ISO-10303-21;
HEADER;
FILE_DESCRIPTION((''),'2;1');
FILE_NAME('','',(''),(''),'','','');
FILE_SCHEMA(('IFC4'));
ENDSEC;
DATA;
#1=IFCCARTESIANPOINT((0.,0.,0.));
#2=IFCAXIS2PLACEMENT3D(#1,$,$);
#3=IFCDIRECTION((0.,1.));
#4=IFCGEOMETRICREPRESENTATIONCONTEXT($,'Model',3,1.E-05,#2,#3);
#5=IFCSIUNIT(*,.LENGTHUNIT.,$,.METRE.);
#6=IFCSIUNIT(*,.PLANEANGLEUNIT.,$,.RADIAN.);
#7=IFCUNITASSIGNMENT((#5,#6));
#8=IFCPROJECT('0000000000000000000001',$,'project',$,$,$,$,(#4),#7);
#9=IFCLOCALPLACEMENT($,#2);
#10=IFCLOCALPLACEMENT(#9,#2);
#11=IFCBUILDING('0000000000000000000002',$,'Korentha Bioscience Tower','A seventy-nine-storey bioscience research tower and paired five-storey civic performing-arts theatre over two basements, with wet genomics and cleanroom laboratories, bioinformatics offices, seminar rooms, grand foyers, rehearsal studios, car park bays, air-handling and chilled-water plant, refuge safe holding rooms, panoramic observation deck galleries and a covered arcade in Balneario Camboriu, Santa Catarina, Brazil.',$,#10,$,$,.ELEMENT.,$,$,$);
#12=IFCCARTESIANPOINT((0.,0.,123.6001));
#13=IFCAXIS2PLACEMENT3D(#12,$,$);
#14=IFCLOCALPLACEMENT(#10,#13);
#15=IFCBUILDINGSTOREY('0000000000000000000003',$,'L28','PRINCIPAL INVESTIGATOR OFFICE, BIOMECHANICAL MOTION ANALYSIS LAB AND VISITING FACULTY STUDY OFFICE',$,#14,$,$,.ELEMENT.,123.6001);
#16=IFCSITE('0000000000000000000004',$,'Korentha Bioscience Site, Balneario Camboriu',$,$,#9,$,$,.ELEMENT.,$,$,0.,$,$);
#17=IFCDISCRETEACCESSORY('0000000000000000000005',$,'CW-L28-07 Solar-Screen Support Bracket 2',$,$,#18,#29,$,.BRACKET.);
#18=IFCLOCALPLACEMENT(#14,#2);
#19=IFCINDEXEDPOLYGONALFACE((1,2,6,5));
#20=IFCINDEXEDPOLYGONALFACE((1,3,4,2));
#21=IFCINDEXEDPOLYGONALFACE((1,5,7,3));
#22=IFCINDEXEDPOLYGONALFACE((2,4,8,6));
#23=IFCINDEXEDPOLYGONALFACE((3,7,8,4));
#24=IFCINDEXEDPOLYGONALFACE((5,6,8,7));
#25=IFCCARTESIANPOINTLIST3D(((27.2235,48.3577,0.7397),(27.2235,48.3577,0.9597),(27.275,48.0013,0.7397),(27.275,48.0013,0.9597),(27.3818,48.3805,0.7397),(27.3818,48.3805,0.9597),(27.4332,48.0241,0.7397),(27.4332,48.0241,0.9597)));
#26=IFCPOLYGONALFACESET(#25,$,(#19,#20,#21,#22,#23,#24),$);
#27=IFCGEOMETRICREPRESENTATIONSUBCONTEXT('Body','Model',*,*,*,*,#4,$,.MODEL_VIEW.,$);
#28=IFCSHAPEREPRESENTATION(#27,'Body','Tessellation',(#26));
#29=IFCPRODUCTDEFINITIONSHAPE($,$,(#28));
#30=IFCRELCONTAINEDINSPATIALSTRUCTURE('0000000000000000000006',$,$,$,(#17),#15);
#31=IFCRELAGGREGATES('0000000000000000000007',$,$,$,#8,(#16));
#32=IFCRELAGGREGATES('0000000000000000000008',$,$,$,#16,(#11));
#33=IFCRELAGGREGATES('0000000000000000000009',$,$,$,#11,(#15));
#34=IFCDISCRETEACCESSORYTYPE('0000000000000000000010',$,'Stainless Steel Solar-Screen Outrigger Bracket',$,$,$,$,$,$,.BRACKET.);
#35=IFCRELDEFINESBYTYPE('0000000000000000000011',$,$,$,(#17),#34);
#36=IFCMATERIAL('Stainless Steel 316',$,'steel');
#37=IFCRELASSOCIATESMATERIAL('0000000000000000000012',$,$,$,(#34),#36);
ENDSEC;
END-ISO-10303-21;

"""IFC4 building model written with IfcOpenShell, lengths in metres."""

from ifc_helpers import new_model, si_unit, direction, frame, origin, origin_2d, place, context, subcontext, project, spatial, rectangle, extrude, material, type_object, element, save


model = new_model("IFC4")

# Units and contexts
model_context = context("Model", 3, precision=1e-05, world=origin(), true_north=direction((0.0, 1.0)))
body_context = subcontext(model_context, "Body", "Model", "MODEL_VIEW")
ifc_project = project(units=[si_unit("LENGTHUNIT", "METRE"), si_unit("PLANEANGLEUNIT", "RADIAN")], contexts=[model_context])

# Site, building, storey
site_placement = place(None, origin())
site = spatial("IfcSite", under=ifc_project, at=site_placement, Name="Korentha Bioscience Site, Balneario Camboriu", CompositionType="ELEMENT", RefElevation=0.0)
building_placement = place(site_placement, origin())
building = spatial("IfcBuilding", under=site, at=building_placement, Name="Korentha Bioscience Tower", Description="A seventy-nine-storey bioscience research tower and paired five-storey civic performing-arts theatre over two basements, with wet genomics and cleanroom laboratories, bioinformatics offices, seminar rooms, grand foyers, rehearsal studios, car park bays, air-handling and chilled-water plant, refuge safe holding rooms, panoramic observation deck galleries and a covered arcade in Balneario Camboriu, Santa Catarina, Brazil.", CompositionType="ELEMENT")
storey_placement = place(building_placement, frame((0.0, 0.0, 123.6001)))
storey = spatial("IfcBuildingStorey", under=building, at=storey_placement, Name="L28", Description="PRINCIPAL INVESTIGATOR OFFICE, BIOMECHANICAL MOTION ANALYSIS LAB AND VISITING FACULTY STUDY OFFICE", CompositionType="ELEMENT", Elevation=123.6001)

# Discrete accessory
ifc_material_1 = material(Name="Stainless Steel 316", Category="steel")
discrete_accessory_type = type_object("IfcDiscreteAccessoryType", Name="Stainless Steel Solar-Screen Outrigger Bracket", PredefinedType="BRACKET", material=ifc_material_1)
discrete_accessory_placement = place(storey_placement, frame((27.3284, 48.1909, 0.7397), z_axis=(0.0, 0.0, 1.0), x_axis=(-0.989738, -0.142892, 0.0)))
element("IfcDiscreteAccessory", 1, at=discrete_accessory_placement, inside=storey, type_object=discrete_accessory_type, Name="CW-L28-07 Solar-Screen Support Bracket 2", PredefinedType="BRACKET", context=body_context, shape_type="SweptSolid", body=[
    extrude(rectangle(XDim=0.1599, YDim=0.3601, at=origin_2d()), origin(), (0.0, 0.0, 1.0), 0.22),
])

save(model, "model.ifc")
